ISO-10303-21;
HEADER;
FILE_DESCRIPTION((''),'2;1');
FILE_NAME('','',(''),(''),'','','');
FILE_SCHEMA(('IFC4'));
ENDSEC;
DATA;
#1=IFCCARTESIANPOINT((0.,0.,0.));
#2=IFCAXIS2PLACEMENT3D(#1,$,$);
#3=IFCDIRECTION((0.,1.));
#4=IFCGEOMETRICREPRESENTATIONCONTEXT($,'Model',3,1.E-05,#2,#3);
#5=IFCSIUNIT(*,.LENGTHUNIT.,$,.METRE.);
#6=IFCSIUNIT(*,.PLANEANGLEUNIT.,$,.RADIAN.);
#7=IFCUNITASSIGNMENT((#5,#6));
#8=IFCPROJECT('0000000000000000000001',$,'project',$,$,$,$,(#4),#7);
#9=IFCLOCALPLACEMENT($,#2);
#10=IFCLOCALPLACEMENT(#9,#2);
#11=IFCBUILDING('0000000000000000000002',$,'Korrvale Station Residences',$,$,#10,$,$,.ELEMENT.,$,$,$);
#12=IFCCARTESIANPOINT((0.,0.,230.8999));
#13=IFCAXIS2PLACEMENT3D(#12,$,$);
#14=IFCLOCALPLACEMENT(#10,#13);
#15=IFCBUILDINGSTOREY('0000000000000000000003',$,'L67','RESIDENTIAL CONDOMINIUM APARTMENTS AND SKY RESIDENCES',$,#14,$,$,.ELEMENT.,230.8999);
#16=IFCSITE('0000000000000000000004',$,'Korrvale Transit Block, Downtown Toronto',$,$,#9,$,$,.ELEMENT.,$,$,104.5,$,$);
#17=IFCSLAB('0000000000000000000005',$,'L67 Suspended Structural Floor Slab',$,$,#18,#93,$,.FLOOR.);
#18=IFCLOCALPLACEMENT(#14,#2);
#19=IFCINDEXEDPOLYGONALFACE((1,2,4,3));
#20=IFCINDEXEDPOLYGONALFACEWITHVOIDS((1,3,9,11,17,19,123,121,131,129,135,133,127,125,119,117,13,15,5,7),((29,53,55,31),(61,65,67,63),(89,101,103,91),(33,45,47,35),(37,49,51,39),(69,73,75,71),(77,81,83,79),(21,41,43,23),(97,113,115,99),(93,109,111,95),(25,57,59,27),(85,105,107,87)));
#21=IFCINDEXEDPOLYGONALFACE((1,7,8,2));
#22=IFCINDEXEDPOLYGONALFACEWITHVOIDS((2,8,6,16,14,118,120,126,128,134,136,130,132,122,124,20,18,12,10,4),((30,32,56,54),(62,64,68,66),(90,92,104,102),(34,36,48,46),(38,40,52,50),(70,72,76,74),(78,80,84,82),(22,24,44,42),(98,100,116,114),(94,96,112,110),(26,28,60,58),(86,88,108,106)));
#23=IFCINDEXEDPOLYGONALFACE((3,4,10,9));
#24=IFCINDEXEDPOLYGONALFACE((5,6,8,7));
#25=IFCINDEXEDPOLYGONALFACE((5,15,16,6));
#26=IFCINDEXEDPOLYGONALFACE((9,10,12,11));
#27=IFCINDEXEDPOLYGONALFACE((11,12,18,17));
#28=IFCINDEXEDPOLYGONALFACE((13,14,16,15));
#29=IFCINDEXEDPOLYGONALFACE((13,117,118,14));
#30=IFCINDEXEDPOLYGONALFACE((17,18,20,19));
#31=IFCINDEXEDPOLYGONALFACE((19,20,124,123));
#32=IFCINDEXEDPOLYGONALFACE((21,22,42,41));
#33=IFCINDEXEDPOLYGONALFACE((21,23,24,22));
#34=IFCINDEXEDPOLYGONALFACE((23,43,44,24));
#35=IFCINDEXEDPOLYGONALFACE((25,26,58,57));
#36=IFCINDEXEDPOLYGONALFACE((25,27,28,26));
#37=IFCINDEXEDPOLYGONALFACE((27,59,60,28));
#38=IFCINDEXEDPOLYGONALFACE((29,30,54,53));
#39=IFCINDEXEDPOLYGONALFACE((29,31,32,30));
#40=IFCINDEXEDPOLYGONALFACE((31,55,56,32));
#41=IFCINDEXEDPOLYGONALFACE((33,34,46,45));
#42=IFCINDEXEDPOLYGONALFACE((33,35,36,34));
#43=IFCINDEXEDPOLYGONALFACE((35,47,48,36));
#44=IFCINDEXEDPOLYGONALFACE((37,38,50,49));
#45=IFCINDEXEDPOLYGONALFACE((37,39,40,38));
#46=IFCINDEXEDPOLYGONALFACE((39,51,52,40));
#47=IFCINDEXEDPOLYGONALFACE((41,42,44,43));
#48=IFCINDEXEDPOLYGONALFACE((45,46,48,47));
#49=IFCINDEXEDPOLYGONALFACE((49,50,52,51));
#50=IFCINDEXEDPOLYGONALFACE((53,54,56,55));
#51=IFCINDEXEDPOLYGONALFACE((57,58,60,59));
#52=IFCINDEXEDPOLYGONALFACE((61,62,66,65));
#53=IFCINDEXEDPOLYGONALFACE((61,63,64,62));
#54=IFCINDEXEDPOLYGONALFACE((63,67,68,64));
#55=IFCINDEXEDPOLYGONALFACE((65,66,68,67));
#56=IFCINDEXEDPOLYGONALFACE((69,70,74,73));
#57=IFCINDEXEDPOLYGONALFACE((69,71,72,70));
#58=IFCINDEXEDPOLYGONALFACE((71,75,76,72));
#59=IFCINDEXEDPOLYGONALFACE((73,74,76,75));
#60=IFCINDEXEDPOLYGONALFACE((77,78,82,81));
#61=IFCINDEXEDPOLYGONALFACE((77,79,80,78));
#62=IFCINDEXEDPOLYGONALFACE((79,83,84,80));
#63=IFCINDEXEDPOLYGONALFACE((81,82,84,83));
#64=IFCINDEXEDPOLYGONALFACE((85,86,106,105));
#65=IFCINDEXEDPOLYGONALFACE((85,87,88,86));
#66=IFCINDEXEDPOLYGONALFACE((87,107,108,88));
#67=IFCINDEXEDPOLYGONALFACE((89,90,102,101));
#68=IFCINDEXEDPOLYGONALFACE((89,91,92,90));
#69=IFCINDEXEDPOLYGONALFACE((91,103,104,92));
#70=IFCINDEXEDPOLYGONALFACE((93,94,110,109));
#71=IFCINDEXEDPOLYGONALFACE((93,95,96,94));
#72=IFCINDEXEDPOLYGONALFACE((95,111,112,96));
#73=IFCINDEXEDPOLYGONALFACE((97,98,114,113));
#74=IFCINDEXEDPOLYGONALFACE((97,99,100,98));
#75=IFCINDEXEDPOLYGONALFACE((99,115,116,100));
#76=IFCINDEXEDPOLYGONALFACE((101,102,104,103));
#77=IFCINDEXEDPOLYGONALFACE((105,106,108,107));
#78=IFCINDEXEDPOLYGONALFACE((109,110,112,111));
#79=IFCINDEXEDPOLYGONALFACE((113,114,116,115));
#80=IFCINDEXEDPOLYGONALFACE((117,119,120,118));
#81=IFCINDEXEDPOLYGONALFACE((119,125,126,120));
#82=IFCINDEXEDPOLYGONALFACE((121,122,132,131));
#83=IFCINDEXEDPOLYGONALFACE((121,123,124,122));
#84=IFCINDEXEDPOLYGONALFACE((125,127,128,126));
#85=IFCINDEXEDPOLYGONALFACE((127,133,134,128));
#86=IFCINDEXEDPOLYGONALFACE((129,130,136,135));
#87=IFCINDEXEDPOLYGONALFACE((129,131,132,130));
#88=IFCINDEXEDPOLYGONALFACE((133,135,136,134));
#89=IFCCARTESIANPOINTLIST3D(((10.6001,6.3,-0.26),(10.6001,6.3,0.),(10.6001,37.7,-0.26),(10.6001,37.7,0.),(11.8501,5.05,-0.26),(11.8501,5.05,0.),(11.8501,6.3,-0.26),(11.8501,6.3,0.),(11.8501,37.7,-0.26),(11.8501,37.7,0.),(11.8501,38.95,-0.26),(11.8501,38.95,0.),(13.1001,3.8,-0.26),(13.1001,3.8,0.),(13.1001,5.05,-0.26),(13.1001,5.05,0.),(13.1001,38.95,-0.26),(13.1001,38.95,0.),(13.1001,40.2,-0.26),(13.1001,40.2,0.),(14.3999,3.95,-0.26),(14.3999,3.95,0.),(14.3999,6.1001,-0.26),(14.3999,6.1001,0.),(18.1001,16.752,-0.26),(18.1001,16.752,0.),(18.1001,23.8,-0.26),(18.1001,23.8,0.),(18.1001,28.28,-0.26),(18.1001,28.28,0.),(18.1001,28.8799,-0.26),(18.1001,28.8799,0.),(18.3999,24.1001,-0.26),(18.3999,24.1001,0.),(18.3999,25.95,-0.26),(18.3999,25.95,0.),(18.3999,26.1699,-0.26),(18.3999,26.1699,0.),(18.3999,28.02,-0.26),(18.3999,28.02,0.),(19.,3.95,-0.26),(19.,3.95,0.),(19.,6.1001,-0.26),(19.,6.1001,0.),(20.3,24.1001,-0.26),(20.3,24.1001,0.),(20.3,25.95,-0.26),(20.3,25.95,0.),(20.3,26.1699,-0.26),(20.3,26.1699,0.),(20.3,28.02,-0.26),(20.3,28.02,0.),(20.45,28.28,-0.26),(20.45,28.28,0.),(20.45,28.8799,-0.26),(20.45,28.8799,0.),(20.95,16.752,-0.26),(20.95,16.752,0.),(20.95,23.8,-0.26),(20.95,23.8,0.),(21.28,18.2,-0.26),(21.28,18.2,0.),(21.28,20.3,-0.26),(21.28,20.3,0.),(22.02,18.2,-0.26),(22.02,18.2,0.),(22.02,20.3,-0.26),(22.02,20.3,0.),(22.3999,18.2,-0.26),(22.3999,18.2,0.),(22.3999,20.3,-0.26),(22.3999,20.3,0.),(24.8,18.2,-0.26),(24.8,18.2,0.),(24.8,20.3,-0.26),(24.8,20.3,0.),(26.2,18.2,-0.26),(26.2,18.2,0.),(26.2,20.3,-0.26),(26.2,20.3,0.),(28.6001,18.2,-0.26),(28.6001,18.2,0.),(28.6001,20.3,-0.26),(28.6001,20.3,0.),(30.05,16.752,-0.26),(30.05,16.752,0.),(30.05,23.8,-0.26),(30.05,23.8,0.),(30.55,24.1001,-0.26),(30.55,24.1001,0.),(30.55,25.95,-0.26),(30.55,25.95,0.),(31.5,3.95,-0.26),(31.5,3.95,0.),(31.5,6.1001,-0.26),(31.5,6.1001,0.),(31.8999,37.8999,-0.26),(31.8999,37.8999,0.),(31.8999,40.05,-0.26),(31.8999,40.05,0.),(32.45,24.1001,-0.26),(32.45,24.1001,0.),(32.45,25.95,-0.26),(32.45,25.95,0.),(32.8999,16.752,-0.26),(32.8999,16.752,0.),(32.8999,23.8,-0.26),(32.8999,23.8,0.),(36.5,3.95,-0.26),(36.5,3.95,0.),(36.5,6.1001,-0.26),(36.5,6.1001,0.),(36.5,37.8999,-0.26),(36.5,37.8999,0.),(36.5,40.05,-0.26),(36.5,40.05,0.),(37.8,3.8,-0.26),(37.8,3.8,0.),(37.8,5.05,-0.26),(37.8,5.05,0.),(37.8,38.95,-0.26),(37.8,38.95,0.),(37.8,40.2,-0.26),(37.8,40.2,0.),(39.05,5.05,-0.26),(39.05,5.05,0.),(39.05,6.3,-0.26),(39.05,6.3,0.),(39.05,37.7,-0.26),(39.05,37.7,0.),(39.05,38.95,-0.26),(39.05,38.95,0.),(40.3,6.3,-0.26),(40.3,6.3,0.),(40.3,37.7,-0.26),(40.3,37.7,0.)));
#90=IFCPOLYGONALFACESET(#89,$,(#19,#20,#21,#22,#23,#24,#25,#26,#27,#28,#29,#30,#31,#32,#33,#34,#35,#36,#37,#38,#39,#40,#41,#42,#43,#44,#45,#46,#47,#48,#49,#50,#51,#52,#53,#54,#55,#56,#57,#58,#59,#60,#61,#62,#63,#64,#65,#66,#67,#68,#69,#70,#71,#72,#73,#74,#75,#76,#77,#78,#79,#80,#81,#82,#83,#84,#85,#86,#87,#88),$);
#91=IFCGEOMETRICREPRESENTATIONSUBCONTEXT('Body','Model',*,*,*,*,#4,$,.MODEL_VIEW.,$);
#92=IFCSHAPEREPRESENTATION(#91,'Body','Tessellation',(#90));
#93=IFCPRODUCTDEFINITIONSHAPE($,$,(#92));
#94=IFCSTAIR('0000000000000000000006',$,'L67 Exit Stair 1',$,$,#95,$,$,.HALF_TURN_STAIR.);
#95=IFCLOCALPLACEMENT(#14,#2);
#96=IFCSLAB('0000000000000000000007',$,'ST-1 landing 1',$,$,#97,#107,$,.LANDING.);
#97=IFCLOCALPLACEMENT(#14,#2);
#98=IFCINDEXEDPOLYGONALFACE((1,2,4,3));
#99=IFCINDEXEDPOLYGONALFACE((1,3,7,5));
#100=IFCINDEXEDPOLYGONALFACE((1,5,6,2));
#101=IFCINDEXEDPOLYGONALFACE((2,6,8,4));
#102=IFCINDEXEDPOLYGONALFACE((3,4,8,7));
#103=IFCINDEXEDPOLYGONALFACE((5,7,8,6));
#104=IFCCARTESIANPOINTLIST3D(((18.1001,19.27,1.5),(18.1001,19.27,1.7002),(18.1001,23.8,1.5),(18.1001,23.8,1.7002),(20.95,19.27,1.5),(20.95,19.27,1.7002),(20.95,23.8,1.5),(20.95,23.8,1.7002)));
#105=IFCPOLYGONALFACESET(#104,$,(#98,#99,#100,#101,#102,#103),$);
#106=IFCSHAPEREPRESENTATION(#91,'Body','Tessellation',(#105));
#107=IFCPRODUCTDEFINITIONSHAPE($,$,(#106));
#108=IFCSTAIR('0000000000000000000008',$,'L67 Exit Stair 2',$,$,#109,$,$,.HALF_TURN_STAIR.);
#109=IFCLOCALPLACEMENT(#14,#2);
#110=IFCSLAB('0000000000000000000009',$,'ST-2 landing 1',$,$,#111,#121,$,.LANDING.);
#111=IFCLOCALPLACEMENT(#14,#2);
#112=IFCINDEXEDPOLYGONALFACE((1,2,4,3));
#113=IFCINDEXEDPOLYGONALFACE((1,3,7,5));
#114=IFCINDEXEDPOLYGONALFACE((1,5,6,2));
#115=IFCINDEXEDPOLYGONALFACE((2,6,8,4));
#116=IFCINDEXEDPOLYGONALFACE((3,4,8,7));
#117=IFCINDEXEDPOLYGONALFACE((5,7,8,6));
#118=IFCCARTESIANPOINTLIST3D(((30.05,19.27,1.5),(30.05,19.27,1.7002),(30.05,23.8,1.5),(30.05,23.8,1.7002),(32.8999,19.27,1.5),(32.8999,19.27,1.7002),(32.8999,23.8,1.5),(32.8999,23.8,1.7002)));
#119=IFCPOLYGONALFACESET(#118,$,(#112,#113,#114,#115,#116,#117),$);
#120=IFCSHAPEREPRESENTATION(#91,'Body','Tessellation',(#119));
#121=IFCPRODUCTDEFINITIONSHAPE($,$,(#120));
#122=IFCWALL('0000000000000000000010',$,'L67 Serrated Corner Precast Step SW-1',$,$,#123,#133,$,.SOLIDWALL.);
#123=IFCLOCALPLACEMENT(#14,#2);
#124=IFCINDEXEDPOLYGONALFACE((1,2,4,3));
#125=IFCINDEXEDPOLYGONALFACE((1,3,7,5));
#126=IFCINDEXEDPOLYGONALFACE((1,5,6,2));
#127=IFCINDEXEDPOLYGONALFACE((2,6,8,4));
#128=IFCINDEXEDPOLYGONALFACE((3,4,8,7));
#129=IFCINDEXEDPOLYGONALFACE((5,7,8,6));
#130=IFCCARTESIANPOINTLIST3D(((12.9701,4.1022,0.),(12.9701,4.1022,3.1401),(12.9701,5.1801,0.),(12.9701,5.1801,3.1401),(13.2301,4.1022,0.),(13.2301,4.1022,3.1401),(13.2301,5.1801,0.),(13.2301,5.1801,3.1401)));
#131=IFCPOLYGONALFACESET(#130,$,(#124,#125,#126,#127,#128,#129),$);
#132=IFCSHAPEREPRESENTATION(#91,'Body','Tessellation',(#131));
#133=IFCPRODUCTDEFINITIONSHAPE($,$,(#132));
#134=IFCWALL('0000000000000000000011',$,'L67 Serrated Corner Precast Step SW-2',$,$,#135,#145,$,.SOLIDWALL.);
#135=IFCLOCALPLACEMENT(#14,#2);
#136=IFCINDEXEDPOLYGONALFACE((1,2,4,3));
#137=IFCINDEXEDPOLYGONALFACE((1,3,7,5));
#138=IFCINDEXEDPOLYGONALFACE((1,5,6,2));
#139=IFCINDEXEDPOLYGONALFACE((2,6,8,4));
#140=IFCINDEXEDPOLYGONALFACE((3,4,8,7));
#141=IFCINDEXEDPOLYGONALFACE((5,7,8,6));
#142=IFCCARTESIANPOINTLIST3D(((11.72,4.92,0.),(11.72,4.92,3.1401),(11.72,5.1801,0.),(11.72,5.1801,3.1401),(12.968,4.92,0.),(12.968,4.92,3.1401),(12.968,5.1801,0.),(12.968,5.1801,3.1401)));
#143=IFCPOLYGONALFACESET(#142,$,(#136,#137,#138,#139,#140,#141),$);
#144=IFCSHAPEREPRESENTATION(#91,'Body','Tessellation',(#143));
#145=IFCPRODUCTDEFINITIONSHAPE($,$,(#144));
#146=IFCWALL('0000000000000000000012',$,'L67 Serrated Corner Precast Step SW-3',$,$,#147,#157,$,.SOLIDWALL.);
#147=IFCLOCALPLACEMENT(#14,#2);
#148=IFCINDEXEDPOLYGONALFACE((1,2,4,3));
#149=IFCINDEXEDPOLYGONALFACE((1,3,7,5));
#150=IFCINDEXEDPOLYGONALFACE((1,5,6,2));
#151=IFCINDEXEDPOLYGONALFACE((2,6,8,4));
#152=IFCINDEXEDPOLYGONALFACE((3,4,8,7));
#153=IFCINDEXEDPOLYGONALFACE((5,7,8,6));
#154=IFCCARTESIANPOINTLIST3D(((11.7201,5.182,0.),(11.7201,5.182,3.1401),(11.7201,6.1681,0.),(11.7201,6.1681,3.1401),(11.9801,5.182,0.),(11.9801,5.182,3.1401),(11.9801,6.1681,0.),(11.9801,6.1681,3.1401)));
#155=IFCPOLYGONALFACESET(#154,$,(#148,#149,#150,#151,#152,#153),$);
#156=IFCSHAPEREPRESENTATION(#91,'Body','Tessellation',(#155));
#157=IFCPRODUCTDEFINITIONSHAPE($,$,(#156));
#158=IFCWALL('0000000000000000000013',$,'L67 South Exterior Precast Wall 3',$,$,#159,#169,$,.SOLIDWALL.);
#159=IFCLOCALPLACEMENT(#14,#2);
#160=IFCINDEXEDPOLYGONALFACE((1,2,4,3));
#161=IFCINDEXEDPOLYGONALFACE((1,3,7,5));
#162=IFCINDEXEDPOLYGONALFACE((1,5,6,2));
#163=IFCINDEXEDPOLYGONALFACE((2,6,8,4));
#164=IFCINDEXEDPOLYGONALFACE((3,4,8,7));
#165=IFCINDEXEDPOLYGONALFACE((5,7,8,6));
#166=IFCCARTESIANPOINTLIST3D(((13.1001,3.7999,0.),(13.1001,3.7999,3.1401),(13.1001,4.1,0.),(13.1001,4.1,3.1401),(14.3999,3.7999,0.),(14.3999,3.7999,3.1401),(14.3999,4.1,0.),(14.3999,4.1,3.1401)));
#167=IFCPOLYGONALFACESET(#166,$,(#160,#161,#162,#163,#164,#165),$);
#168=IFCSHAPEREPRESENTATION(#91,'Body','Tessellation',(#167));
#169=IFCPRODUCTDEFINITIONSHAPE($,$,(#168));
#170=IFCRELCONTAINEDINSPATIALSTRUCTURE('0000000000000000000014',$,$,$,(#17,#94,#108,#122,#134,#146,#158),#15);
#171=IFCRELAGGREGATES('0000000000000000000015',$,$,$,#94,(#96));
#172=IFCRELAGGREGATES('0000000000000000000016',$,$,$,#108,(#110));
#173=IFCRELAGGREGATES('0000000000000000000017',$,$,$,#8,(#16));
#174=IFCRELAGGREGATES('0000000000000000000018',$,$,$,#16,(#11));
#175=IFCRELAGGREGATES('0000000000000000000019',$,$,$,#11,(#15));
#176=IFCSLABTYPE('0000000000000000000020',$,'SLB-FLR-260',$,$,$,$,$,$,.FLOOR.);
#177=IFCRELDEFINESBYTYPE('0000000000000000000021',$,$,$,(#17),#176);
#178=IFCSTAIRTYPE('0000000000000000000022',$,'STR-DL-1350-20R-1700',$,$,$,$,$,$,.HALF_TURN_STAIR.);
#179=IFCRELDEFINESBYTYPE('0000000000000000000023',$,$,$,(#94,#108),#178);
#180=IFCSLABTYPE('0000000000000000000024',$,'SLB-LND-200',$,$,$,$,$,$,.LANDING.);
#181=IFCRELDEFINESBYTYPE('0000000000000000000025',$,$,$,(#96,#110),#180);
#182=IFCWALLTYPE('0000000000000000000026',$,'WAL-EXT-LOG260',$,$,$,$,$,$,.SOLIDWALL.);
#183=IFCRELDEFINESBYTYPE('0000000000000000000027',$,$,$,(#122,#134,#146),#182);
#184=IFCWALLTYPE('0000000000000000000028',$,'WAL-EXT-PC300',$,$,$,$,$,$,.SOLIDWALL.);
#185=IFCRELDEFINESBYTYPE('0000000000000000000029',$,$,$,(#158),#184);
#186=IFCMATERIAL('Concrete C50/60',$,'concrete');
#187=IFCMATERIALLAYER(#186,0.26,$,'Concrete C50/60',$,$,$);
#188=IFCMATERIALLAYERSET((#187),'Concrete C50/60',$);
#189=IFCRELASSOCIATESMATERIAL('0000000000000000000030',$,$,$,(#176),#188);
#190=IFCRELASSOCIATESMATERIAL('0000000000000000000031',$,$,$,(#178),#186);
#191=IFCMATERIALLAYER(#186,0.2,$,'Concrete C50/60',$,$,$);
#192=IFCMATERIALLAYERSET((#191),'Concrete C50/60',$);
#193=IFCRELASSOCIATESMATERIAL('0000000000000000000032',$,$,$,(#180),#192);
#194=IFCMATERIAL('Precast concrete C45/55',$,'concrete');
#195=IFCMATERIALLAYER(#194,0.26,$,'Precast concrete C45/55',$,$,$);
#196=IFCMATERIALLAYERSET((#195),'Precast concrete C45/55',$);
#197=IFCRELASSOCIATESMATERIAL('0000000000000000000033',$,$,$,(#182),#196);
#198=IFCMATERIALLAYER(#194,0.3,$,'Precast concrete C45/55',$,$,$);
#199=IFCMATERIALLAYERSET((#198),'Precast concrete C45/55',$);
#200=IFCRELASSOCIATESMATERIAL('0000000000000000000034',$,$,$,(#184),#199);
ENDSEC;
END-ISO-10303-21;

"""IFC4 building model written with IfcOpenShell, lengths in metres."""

from ifc_helpers import new_model, si_unit, direction, frame, frame_2d, origin, place, context, subcontext, project, spatial, polyline, rectangle, outline, extrude, material, layer, layer_set, type_object, element, aggregate, save


model = new_model("IFC4")

# Units and contexts
model_context = context("Model", 3, precision=1e-05, world=origin(), true_north=direction((0.0, 1.0)))
body_context = subcontext(model_context, "Body", "Model", "MODEL_VIEW")
ifc_project = project(units=[si_unit("LENGTHUNIT", "METRE"), si_unit("PLANEANGLEUNIT", "RADIAN")], contexts=[model_context])

# Site, building, storey
site_placement = place(None, origin())
site = spatial("IfcSite", under=ifc_project, at=site_placement, Name="Korrvale Transit Block, Downtown Toronto", CompositionType="ELEMENT", RefElevation=104.5)
building_placement = place(site_placement, origin())
building = spatial("IfcBuilding", under=site, at=building_placement, Name="Korrvale Station Residences", CompositionType="ELEMENT")
storey_placement = place(building_placement, frame((0.0, 0.0, 230.8999)))
storey = spatial("IfcBuildingStorey", under=building, at=storey_placement, Name="L67", Description="RESIDENTIAL CONDOMINIUM APARTMENTS AND SKY RESIDENCES", CompositionType="ELEMENT", Elevation=230.8999)

# Shared definitions
ifc_material_1 = material(Name="Concrete C50/60", Category="concrete")

# Slab
ifc_layer_1 = layer(ifc_material_1, 0.26, Name="Concrete C50/60")
ifc_layer_set_1 = layer_set([ifc_layer_1], Name="Concrete C50/60")
slab_type_1 = type_object("IfcSlabType", Name="SLB-FLR-260", PredefinedType="FLOOR", material=ifc_layer_set_1)
slab_1_placement = place(storey_placement, frame((0.0, 0.0, -0.26)))
element("IfcSlab", 1, at=slab_1_placement, inside=storey, type_object=slab_type_1, Name="L67 Suspended Structural Floor Slab", PredefinedType="FLOOR", context=body_context, shape_type="SweptSolid", body=[
    extrude(outline(polyline([(13.1001, 3.8), (37.8, 3.8), (37.8, 5.05), (39.05, 5.05), (39.05, 6.3), (40.3, 6.3), (40.3, 37.7), (39.05, 37.7), (39.05, 38.95), (37.8, 38.95), (37.8, 40.2), (13.1001, 40.2), (13.1001, 38.95), (11.8501, 38.95), (11.8501, 37.7), (10.6001, 37.7), (10.6001, 6.3), (11.8501, 6.3), (11.8501, 5.05), (13.1001, 5.05), (13.1001, 3.8)]), holes=[polyline([(20.95, 16.752), (20.95, 23.8), (18.1001, 23.8), (18.1001, 16.752), (20.95, 16.752)]), polyline([(32.8999, 16.752), (32.8999, 23.8), (30.05, 23.8), (30.05, 16.752), (32.8999, 16.752)]), polyline([(18.3999, 24.1001), (20.3, 24.1001), (20.3, 25.95), (18.3999, 25.95), (18.3999, 24.1001)]), polyline([(18.3999, 26.1699), (20.3, 26.1699), (20.3, 28.02), (18.3999, 28.02), (18.3999, 26.1699)]), polyline([(30.55, 24.1001), (32.45, 24.1001), (32.45, 25.95), (30.55, 25.95), (30.55, 24.1001)]), polyline([(22.3999, 18.2), (24.8, 18.2), (24.8, 20.3), (22.3999, 20.3), (22.3999, 18.2)]), polyline([(26.2, 18.2), (28.6001, 18.2), (28.6001, 20.3), (26.2, 20.3), (26.2, 18.2)]), polyline([(18.1001, 28.28), (20.45, 28.28), (20.45, 28.8799), (18.1001, 28.8799), (18.1001, 28.28)]), polyline([(21.28, 18.2), (22.02, 18.2), (22.02, 20.3), (21.28, 20.3), (21.28, 18.2)]), polyline([(14.3999, 3.95), (19.0, 3.95), (19.0, 6.1001), (14.3999, 6.1001), (14.3999, 3.95)]), polyline([(31.8999, 37.8999), (36.5, 37.8999), (36.5, 40.05), (31.8999, 40.05), (31.8999, 37.8999)]), polyline([(31.5, 3.95), (36.5, 3.95), (36.5, 6.1001), (31.5, 6.1001), (31.5, 3.95)])]), origin(), (0.0, 0.0, 1.0), 0.26),
])

# Stairs, slabs
stair_type = type_object("IfcStairType", Name="STR-DL-1350-20R-1700", PredefinedType="HALF_TURN_STAIR", material=ifc_material_1)
stair_1_placement = place(storey_placement, origin())
stair_1 = element("IfcStair", 2, at=stair_1_placement, inside=storey, type_object=stair_type, Name="L67 Exit Stair 1", PredefinedType="HALF_TURN_STAIR")
ifc_layer_2 = layer(ifc_material_1, 0.2, Name="Concrete C50/60")
ifc_layer_set_2 = layer_set([ifc_layer_2], Name="Concrete C50/60")
slab_type_2 = type_object("IfcSlabType", Name="SLB-LND-200", PredefinedType="LANDING", material=ifc_layer_set_2)
slab_2_placement = place(storey_placement, frame((0.0, 0.0, 1.5)))
slab_2 = element("IfcSlab", 3, at=slab_2_placement, type_object=slab_type_2, Name="ST-1 landing 1", PredefinedType="LANDING", context=body_context, shape_type="SweptSolid", body=[
    extrude(outline(polyline([(20.95, 19.27), (20.95, 23.8), (18.1001, 23.8), (18.1001, 19.27), (20.95, 19.27)])), origin(), (0.0, 0.0, 1.0), 0.2002),
])
aggregate(stair_1, [slab_2])
stair_2_placement = place(storey_placement, origin())
stair_2 = element("IfcStair", 4, at=stair_2_placement, inside=storey, type_object=stair_type, Name="L67 Exit Stair 2", PredefinedType="HALF_TURN_STAIR")
slab_3_placement = place(storey_placement, frame((0.0, 0.0, 1.5)))
slab_3 = element("IfcSlab", 5, at=slab_3_placement, type_object=slab_type_2, Name="ST-2 landing 1", PredefinedType="LANDING", context=body_context, shape_type="SweptSolid", body=[
    extrude(outline(polyline([(32.8999, 19.27), (32.8999, 23.8), (30.05, 23.8), (30.05, 19.27), (32.8999, 19.27)])), origin(), (0.0, 0.0, 1.0), 0.2002),
])
aggregate(stair_2, [slab_3])

# Walls
ifc_material_2 = material(Name="Precast concrete C45/55", Category="concrete")
ifc_layer_3 = layer(ifc_material_2, 0.26, Name="Precast concrete C45/55")
ifc_layer_set_3 = layer_set([ifc_layer_3], Name="Precast concrete C45/55")
wall_type_1 = type_object("IfcWallType", Name="WAL-EXT-LOG260", PredefinedType="SOLIDWALL", material=ifc_layer_set_3)
wall_1_placement = place(storey_placement, frame((13.1001, 4.1021, 0.0), z_axis=(0.0, 0.0, 1.0), x_axis=(0.0, 1.0, 0.0)))
element("IfcWall", 6, at=wall_1_placement, inside=storey, type_object=wall_type_1, Name="L67 Serrated Corner Precast Step SW-1", PredefinedType="SOLIDWALL", context=body_context, shape_type="SweptSolid", body=[
    extrude(rectangle(XDim=1.0779, YDim=0.26, at=frame_2d((0.5391, 0.0))), origin(), (0.0, 0.0, 1.0), 3.1401),
])
wall_2_placement = place(storey_placement, frame((12.968, 5.05, 0.0), z_axis=(0.0, 0.0, 1.0), x_axis=(-1.0, 0.0, 0.0)))
element("IfcWall", 7, at=wall_2_placement, inside=storey, type_object=wall_type_1, Name="L67 Serrated Corner Precast Step SW-2", PredefinedType="SOLIDWALL", context=body_context, shape_type="SweptSolid", body=[
    extrude(rectangle(XDim=1.248, YDim=0.26, at=frame_2d((0.624, 0.0))), origin(), (0.0, 0.0, 1.0), 3.1401),
])
wall_3_placement = place(storey_placement, frame((11.8501, 5.1819, 0.0), z_axis=(0.0, 0.0, 1.0), x_axis=(0.0, 1.0, 0.0)))
element("IfcWall", 8, at=wall_3_placement, inside=storey, type_object=wall_type_1, Name="L67 Serrated Corner Precast Step SW-3", PredefinedType="SOLIDWALL", context=body_context, shape_type="SweptSolid", body=[
    extrude(rectangle(XDim=0.9861, YDim=0.26, at=frame_2d((0.4932, 0.0))), origin(), (0.0, 0.0, 1.0), 3.1401),
])
ifc_layer_4 = layer(ifc_material_2, 0.3, Name="Precast concrete C45/55")
ifc_layer_set_4 = layer_set([ifc_layer_4], Name="Precast concrete C45/55")
wall_type_2 = type_object("IfcWallType", Name="WAL-EXT-PC300", PredefinedType="SOLIDWALL", material=ifc_layer_set_4)
wall_4_placement = place(storey_placement, frame((14.3999, 3.95, 0.0), z_axis=(0.0, 0.0, 1.0), x_axis=(-1.0, 0.0, 0.0)))
element("IfcWall", 9, at=wall_4_placement, inside=storey, type_object=wall_type_2, Name="L67 South Exterior Precast Wall 3", PredefinedType="SOLIDWALL", context=body_context, shape_type="SweptSolid", body=[
    extrude(rectangle(XDim=1.2998, YDim=0.3, at=frame_2d((0.6499, 0.0))), origin(), (0.0, 0.0, 1.0), 3.1401),
])

save(model, "model.ifc")
